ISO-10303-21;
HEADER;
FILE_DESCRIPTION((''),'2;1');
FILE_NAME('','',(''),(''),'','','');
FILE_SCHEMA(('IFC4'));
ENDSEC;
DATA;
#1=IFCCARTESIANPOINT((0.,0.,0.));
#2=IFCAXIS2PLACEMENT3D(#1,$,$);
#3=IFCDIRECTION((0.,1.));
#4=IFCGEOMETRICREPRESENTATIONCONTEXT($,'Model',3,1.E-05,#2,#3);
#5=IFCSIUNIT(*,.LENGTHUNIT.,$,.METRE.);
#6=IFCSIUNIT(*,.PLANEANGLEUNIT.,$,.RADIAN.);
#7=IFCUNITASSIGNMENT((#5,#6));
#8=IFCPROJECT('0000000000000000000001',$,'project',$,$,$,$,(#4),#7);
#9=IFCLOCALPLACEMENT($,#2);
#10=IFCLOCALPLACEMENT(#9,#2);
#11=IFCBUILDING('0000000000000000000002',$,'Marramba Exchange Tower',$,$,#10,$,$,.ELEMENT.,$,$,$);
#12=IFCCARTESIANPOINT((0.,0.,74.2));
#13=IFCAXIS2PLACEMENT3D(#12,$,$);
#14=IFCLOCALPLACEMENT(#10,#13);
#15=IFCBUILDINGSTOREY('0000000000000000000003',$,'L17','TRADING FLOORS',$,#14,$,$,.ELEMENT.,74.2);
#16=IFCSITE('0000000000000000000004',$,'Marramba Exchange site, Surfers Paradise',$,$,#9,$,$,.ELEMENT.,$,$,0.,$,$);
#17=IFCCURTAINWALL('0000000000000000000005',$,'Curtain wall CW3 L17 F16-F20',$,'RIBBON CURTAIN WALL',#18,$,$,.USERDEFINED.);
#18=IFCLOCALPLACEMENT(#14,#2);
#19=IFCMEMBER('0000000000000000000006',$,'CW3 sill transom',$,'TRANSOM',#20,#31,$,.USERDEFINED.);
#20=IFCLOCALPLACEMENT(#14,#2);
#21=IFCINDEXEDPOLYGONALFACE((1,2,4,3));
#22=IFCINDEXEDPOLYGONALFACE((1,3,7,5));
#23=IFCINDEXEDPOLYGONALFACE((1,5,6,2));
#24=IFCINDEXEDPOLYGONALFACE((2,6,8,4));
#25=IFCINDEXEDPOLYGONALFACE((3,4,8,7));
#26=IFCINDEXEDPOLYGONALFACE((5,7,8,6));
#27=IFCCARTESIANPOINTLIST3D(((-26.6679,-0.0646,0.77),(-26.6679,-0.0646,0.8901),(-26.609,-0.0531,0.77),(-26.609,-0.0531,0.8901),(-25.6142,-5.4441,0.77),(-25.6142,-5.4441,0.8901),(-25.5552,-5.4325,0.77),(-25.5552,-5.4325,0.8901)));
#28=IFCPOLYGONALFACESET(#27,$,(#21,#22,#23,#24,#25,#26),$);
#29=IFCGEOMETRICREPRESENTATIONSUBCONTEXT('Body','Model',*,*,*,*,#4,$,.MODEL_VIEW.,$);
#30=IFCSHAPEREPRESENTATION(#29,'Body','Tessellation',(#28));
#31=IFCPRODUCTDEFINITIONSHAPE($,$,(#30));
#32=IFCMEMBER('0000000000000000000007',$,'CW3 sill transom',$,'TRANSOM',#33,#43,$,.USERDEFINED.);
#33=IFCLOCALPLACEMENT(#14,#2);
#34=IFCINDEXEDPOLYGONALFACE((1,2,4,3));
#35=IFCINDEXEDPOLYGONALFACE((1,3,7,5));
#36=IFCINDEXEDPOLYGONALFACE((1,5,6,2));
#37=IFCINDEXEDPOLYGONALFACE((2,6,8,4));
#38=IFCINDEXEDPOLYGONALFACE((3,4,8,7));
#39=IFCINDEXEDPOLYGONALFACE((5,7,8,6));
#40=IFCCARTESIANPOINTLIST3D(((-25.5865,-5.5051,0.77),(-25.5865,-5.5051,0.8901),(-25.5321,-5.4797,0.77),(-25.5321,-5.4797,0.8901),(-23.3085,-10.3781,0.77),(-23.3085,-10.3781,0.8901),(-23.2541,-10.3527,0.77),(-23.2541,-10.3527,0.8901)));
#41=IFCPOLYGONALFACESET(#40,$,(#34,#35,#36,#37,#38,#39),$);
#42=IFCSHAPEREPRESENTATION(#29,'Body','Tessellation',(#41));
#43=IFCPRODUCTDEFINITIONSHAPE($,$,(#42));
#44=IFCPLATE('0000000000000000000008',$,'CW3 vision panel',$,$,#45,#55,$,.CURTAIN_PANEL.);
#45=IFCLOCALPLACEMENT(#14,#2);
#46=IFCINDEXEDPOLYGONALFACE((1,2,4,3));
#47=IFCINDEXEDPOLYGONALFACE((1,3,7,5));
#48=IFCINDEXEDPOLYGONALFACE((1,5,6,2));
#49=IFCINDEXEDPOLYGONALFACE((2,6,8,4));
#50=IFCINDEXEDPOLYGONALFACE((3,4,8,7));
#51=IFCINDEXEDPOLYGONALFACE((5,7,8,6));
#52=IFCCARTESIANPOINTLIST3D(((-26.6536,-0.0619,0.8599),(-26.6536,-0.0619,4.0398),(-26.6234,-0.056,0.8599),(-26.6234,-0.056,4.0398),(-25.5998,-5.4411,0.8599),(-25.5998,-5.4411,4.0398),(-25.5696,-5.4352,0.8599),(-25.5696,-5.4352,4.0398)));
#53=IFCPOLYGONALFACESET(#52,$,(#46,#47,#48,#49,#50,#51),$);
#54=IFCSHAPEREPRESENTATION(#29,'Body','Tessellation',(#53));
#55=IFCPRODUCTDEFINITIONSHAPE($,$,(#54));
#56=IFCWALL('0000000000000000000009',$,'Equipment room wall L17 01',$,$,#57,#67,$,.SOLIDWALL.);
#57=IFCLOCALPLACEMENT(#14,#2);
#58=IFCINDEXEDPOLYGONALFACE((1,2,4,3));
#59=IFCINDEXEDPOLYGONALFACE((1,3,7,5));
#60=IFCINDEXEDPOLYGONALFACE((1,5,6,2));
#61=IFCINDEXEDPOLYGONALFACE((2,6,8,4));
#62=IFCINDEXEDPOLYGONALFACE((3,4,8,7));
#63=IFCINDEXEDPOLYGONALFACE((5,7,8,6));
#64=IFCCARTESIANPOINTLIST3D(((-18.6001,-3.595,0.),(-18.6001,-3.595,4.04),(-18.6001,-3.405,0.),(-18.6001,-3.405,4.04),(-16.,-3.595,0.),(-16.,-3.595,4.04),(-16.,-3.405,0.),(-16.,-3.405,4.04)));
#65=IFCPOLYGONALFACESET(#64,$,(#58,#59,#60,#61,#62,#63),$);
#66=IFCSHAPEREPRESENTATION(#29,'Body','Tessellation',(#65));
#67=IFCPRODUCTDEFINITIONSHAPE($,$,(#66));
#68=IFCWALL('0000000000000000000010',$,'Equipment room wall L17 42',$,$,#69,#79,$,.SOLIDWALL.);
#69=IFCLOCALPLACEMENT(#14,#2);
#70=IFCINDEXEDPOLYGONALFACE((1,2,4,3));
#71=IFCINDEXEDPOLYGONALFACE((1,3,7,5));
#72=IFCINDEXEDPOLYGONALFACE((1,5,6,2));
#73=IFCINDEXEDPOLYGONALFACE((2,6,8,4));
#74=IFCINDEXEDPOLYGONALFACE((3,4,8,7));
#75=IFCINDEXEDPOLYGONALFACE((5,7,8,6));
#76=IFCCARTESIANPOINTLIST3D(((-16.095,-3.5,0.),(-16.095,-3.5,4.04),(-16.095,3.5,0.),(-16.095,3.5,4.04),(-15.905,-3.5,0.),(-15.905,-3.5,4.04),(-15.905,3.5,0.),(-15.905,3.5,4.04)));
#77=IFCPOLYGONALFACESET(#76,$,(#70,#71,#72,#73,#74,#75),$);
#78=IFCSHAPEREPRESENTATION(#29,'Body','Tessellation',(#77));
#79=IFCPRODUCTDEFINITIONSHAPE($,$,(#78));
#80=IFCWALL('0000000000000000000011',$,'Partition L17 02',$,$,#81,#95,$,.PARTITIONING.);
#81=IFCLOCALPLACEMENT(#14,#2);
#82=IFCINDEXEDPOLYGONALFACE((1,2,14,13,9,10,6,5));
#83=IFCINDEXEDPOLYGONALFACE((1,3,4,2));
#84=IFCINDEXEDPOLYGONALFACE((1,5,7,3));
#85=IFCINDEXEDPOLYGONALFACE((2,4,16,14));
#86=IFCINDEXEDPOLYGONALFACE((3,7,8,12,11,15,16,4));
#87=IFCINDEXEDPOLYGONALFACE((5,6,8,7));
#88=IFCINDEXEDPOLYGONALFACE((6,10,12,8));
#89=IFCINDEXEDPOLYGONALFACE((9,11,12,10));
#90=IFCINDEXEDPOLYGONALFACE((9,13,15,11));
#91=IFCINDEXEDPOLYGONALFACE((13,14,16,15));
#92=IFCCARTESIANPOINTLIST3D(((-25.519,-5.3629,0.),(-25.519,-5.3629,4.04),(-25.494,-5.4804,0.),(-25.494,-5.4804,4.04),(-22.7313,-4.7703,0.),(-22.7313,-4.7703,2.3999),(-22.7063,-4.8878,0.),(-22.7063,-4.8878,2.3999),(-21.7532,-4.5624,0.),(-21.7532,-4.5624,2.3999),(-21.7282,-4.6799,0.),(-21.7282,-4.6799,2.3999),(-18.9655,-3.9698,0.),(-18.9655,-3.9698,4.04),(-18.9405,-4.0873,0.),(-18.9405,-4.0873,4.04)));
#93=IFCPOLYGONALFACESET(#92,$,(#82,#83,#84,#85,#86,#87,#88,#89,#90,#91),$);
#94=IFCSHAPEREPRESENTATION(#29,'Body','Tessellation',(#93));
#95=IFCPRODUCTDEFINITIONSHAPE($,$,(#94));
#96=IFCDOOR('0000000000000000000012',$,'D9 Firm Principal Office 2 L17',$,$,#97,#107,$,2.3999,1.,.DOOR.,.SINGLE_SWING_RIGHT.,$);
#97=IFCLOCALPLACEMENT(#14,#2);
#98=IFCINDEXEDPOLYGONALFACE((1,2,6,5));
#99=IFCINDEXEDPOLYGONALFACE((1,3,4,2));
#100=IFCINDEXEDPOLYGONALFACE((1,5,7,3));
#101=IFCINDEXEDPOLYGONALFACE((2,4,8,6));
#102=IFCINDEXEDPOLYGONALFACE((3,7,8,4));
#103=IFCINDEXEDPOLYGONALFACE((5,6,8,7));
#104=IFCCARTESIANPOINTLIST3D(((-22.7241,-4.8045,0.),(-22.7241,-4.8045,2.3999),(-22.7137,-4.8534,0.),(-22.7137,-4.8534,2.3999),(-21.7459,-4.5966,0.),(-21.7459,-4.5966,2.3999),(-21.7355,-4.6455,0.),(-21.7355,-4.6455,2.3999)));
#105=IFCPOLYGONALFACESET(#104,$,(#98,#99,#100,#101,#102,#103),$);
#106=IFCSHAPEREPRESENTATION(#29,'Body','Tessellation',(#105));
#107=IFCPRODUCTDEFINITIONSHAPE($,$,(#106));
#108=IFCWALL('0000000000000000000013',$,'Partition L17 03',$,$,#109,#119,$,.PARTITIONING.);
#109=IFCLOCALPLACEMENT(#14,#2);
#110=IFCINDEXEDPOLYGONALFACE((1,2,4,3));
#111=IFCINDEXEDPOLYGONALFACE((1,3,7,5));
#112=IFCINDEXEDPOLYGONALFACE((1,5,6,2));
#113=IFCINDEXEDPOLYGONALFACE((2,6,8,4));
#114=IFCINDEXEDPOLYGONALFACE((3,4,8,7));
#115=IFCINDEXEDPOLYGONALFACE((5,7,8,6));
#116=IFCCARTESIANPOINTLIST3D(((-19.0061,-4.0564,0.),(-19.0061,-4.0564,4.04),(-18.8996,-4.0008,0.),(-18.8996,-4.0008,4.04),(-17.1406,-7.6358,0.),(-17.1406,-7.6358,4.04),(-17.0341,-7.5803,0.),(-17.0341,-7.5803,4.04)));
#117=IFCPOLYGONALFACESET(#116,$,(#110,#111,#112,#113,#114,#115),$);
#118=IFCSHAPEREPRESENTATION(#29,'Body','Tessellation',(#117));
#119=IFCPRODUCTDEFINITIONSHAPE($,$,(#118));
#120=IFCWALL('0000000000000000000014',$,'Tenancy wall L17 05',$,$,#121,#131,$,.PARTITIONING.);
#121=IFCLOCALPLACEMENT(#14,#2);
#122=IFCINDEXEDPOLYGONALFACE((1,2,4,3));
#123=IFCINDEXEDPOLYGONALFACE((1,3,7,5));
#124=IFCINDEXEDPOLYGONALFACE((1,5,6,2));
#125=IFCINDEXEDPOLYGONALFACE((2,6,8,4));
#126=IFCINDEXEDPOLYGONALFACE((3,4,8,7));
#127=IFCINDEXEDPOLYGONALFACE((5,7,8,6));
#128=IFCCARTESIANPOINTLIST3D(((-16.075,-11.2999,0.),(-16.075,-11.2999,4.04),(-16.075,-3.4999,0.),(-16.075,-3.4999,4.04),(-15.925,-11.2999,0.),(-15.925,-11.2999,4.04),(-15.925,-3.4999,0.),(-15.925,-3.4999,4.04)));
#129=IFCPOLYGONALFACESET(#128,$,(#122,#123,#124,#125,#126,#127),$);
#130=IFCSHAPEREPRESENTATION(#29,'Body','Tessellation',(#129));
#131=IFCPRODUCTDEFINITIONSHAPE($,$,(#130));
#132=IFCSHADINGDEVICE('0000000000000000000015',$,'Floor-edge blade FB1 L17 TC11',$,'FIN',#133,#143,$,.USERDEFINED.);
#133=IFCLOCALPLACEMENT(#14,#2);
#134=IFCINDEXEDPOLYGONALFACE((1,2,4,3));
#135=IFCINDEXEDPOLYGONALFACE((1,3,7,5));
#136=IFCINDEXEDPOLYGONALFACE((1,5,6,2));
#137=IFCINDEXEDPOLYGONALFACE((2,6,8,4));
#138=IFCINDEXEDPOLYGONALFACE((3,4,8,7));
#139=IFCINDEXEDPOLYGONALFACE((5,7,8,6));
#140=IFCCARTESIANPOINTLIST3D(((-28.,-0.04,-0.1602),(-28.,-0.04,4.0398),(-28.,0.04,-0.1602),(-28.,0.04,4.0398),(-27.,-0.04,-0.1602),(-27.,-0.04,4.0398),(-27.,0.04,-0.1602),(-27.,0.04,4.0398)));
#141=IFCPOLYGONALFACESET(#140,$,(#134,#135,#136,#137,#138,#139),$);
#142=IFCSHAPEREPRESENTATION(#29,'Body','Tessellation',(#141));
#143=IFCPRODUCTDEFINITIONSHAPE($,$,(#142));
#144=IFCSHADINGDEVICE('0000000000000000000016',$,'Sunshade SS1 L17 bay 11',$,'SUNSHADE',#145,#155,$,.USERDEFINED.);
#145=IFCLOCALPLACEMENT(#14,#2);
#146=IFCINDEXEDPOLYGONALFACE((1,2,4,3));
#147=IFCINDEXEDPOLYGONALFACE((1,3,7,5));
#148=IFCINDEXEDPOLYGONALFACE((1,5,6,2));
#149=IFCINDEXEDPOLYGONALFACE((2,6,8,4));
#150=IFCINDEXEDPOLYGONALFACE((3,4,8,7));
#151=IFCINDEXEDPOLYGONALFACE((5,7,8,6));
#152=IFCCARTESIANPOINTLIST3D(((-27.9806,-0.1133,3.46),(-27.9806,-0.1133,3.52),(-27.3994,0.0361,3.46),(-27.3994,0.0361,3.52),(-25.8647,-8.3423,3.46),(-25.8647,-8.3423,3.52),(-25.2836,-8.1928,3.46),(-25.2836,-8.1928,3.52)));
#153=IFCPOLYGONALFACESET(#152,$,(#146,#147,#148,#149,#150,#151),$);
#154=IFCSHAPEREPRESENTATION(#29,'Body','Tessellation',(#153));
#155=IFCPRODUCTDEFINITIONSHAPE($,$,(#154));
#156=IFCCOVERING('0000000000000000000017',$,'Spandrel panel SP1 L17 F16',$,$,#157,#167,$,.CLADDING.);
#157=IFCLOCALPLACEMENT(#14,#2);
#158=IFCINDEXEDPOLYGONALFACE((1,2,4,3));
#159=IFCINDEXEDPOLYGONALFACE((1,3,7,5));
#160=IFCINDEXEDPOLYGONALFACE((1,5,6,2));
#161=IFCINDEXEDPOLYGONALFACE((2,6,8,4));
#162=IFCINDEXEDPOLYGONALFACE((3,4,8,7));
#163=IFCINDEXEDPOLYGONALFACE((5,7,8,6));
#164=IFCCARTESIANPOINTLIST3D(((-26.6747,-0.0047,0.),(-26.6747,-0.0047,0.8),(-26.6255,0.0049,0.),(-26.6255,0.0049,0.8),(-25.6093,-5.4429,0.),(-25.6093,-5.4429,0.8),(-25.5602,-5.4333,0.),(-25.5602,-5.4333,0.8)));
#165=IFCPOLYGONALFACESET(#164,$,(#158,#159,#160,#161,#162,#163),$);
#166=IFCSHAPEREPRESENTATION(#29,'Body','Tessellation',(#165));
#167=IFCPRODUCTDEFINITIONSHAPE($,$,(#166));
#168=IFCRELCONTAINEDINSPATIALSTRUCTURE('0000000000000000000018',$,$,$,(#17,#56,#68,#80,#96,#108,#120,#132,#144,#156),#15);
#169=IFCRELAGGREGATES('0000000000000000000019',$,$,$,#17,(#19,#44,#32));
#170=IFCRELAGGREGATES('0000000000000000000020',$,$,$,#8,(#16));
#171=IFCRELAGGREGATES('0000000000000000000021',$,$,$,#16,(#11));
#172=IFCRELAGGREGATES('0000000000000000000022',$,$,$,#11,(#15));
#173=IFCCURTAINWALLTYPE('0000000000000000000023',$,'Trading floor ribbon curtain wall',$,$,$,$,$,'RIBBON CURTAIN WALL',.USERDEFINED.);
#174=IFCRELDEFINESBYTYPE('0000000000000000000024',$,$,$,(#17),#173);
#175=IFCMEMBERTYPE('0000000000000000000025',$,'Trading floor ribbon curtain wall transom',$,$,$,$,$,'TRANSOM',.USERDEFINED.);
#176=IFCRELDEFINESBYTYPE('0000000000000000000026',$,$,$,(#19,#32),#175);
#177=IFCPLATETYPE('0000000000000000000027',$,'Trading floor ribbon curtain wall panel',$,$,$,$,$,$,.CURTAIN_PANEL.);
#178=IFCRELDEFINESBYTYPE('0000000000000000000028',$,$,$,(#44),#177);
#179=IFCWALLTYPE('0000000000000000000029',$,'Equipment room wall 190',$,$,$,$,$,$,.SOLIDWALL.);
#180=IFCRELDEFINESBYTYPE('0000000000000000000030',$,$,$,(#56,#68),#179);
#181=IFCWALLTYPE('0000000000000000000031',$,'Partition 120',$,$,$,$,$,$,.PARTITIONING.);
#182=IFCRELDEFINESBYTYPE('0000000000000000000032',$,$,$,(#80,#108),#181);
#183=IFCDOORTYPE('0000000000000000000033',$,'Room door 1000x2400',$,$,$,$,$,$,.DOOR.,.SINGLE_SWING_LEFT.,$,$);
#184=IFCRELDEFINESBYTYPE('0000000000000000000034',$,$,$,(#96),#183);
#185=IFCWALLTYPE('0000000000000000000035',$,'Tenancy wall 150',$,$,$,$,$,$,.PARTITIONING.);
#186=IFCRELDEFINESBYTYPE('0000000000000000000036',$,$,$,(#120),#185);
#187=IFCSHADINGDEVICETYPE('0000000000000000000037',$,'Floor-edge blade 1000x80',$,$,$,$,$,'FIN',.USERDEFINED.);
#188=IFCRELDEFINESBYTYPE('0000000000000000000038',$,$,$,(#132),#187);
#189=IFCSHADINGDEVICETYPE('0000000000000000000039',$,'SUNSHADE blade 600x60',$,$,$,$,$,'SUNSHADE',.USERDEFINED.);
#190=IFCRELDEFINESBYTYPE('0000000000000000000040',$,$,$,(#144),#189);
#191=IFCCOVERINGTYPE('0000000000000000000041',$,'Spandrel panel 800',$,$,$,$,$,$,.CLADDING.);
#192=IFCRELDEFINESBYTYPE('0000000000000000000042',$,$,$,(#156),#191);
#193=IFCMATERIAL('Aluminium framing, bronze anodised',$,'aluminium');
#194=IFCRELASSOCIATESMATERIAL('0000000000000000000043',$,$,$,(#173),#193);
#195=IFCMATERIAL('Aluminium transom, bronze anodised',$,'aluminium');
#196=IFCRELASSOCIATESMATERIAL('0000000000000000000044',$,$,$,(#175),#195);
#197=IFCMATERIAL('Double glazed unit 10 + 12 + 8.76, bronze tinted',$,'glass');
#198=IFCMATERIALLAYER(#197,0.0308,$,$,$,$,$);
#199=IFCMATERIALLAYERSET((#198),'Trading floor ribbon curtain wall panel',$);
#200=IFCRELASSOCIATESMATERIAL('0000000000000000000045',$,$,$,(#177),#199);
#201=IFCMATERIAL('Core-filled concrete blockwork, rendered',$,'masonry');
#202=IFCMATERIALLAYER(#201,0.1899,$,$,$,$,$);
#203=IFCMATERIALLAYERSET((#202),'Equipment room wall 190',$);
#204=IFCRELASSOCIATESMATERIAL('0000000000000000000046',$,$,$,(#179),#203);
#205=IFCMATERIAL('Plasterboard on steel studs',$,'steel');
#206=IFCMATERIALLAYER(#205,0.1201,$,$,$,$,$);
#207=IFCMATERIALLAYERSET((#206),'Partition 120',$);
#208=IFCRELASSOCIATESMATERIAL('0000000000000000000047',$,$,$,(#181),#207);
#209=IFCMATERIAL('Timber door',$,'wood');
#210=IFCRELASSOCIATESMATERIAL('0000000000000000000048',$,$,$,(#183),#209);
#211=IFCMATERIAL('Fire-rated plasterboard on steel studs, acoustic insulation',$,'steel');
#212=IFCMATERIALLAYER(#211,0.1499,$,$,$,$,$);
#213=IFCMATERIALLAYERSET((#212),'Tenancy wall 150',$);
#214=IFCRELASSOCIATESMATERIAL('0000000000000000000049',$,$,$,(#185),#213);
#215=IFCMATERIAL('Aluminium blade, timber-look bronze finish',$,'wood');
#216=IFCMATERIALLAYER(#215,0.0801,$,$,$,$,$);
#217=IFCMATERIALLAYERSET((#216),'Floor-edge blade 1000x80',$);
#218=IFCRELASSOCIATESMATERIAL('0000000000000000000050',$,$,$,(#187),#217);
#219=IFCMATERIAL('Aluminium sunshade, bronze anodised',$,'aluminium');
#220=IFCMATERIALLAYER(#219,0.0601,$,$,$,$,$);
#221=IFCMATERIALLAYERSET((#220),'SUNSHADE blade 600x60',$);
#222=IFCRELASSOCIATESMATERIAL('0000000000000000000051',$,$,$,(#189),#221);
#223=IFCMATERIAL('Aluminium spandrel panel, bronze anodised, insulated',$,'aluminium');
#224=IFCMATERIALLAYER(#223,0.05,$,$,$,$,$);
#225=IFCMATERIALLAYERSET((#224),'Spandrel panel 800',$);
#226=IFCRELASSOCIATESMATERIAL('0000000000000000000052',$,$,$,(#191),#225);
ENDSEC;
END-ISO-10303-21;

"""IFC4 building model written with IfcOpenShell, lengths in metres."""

from ifc_helpers import new_model, si_unit, direction, frame, frame_2d, origin, origin_2d, place, context, subcontext, project, spatial, rectangle, extrude, material, layer, layer_set, material_profile, profile_set, type_object, element, fill, aggregate, save


model = new_model("IFC4")

# Units and contexts
model_context = context("Model", 3, precision=1e-05, world=origin(), true_north=direction((0.0, 1.0)))
body_context = subcontext(model_context, "Body", "Model", "MODEL_VIEW")
ifc_project = project(units=[si_unit("LENGTHUNIT", "METRE"), si_unit("PLANEANGLEUNIT", "RADIAN")], contexts=[model_context])

# Site, building, storey
site_placement = place(None, origin())
site = spatial("IfcSite", under=ifc_project, at=site_placement, Name="Marramba Exchange site, Surfers Paradise", CompositionType="ELEMENT", RefElevation=0.0)
building_placement = place(site_placement, origin())
building = spatial("IfcBuilding", under=site, at=building_placement, Name="Marramba Exchange Tower", CompositionType="ELEMENT")
storey_placement = place(building_placement, frame((0.0, 0.0, 74.2)))
storey = spatial("IfcBuildingStorey", under=building, at=storey_placement, Name="L17", Description="TRADING FLOORS", CompositionType="ELEMENT", Elevation=74.2)

# Curtain wall, members, plate
ifc_material_1 = material(Name="Aluminium framing, bronze anodised", Category="aluminium")
curtain_wall_type = type_object("IfcCurtainWallType", Name="Trading floor ribbon curtain wall", ElementType="RIBBON CURTAIN WALL", PredefinedType="USERDEFINED", material=ifc_material_1)
curtain_wall_placement = place(storey_placement, origin())
curtain_wall = element("IfcCurtainWall", 1, at=curtain_wall_placement, inside=storey, type_object=curtain_wall_type, Name="Curtain wall CW3 L17 F16-F20", ObjectType="RIBBON CURTAIN WALL", PredefinedType="USERDEFINED")
ifc_material_2 = material(Name="Aluminium transom, bronze anodised", Category="aluminium")
ifc_material_profile_1 = material_profile(ifc_material_2, rectangle(XDim=0.0601, YDim=0.1201, at=origin_2d()), Name="CW3 transom 60x120")
ifc_profile_set_1 = profile_set([ifc_material_profile_1], Name="Aluminium transom, bronze anodised")
member_type_1 = type_object("IfcMemberType", Name="Trading floor ribbon curtain wall transom", ElementType="TRANSOM", PredefinedType="USERDEFINED", material=ifc_profile_set_1)
member_1_placement = place(storey_placement, frame((-26.6384, -0.0588, 0.8301), z_axis=(0.192226, -0.981351, 0.0), x_axis=(0.981351, 0.192226, 0.0)))
member_1 = element("IfcMember", 2, at=member_1_placement, type_object=member_type_1, Name="CW3 sill transom", ObjectType="TRANSOM", PredefinedType="USERDEFINED", context=body_context, shape_type="SweptSolid", body=[
    extrude(rectangle(XDim=0.0601, YDim=0.1201, at=origin_2d()), origin(), (0.0, 0.0, 1.0), 5.4817),
])
member_2_placement = place(storey_placement, frame((-25.5593, -5.4924, 0.8301), z_axis=(0.423494, -0.905899, 0.0), x_axis=(0.905899, 0.423494, 0.0)))
member_2 = element("IfcMember", 3, at=member_2_placement, type_object=member_type_1, Name="CW3 sill transom", ObjectType="TRANSOM", PredefinedType="USERDEFINED", context=body_context, shape_type="SweptSolid", body=[
    extrude(rectangle(XDim=0.0601, YDim=0.1201, at=origin_2d()), origin(), (0.0, 0.0, 1.0), 5.3792),
])
ifc_material_3 = material(Name="Double glazed unit 10 + 12 + 8.76, bronze tinted", Category="glass")
ifc_layer_1 = layer(ifc_material_3, 0.0308)
ifc_layer_set_1 = layer_set([ifc_layer_1], Name="Trading floor ribbon curtain wall panel")
plate_type = type_object("IfcPlateType", Name="Trading floor ribbon curtain wall panel", PredefinedType="CURTAIN_PANEL", material=ifc_layer_set_1)
plate_placement = place(storey_placement, frame((-26.1116, -2.7485, 0.8599), z_axis=(0.0, 0.0, 1.0), x_axis=(0.192249, -0.981346, 0.0)))
plate = element("IfcPlate", 4, at=plate_placement, type_object=plate_type, Name="CW3 vision panel", PredefinedType="CURTAIN_PANEL", context=body_context, shape_type="SweptSolid", body=[
    extrude(rectangle(XDim=5.4814, YDim=0.0308, at=origin_2d()), origin(), (0.0, 0.0, 1.0), 3.1799),
])
aggregate(curtain_wall, [member_1, plate, member_2])

# Walls
ifc_material_4 = material(Name="Core-filled concrete blockwork, rendered", Category="masonry")
ifc_layer_2 = layer(ifc_material_4, 0.1899)
ifc_layer_set_2 = layer_set([ifc_layer_2], Name="Equipment room wall 190")
wall_type_1 = type_object("IfcWallType", Name="Equipment room wall 190", PredefinedType="SOLIDWALL", material=ifc_layer_set_2)
wall_1_placement = place(storey_placement, frame((-18.6001, -3.5, 0.0), z_axis=(0.0, 0.0, 1.0), x_axis=(1.0, 0.0, 0.0)))
element("IfcWall", 5, at=wall_1_placement, inside=storey, type_object=wall_type_1, Name="Equipment room wall L17 01", PredefinedType="SOLIDWALL", context=body_context, shape_type="SweptSolid", body=[
    extrude(rectangle(XDim=2.6001, YDim=0.1899, at=frame_2d((1.3, 0.0))), origin(), (0.0, 0.0, 1.0), 4.04),
])
wall_2_placement = place(storey_placement, frame((-16.0, -3.5, 0.0), z_axis=(0.0, 0.0, 1.0), x_axis=(0.0, 1.0, 0.0)))
element("IfcWall", 6, at=wall_2_placement, inside=storey, type_object=wall_type_1, Name="Equipment room wall L17 42", PredefinedType="SOLIDWALL", context=body_context, shape_type="SweptSolid", body=[
    extrude(rectangle(XDim=7.0, YDim=0.1899, at=frame_2d((3.5, 0.0))), origin(), (0.0, 0.0, 1.0), 4.04),
])

# Wall, opening, door
ifc_material_5 = material(Name="Plasterboard on steel studs", Category="steel")
ifc_layer_3 = layer(ifc_material_5, 0.1201)
ifc_layer_set_3 = layer_set([ifc_layer_3], Name="Partition 120")
wall_type_2 = type_object("IfcWallType", Name="Partition 120", PredefinedType="PARTITIONING", material=ifc_layer_set_3)
wall_3_placement = place(storey_placement, frame((-18.9529, -4.0286, 0.0), z_axis=(0.0, 0.0, 1.0), x_axis=(-0.978145, -0.207924, 0.0)))
wall_3 = element("IfcWall", 7, at=wall_3_placement, inside=storey, type_object=wall_type_2, Name="Partition L17 02", PredefinedType="PARTITIONING", context=body_context, shape_type="SweptSolid", body=[
    extrude(rectangle(XDim=6.7, YDim=0.1201, at=frame_2d((3.3501, 0.0))), origin(), (0.0, 0.0, 1.0), 4.04),
])
opening_placement = place(wall_3_placement, frame((2.8501, 0.0, 0.0)))
opening = element("IfcOpeningElement", 8, at=opening_placement, cuts=wall_3, PredefinedType="OPENING", context=body_context, shape_type="SweptSolid", body=[
    extrude(rectangle(XDim=1.0, YDim=2.3999, at=frame_2d((0.5, 1.2))), frame((0.0, 0.0701, 0.0), z_axis=(0.0, -1.0, 0.0), x_axis=(1.0, 0.0, 0.0)), (0.0, 0.0, 1.0), 0.1401),
])
ifc_material_6 = material(Name="Timber door", Category="wood")
door_type = type_object("IfcDoorType", Name="Room door 1000x2400", OperationType="SINGLE_SWING_LEFT", PredefinedType="DOOR", material=ifc_material_6)
door_placement = place(opening_placement, origin())
door = element("IfcDoor", 9, at=door_placement, inside=storey, type_object=door_type, Name="D9 Firm Principal Office 2 L17", OperationType="SINGLE_SWING_RIGHT", OverallHeight=2.3999, OverallWidth=1.0, PredefinedType="DOOR", context=body_context, shape_type="SweptSolid", body=[
    extrude(rectangle(XDim=1.0, YDim=2.3999, at=frame_2d((0.5, 1.2))), frame((0.0, 0.0249, 0.0), z_axis=(0.0, -1.0, 0.0), x_axis=(1.0, 0.0, 0.0)), (0.0, 0.0, 1.0), 0.05),
])
fill(opening, door)

# Walls
wall_4_placement = place(storey_placement, frame((-17.0874, -7.6079, 0.0), z_axis=(0.0, 0.0, 1.0), x_axis=(-0.462175, 0.886789, 0.0)))
element("IfcWall", 10, at=wall_4_placement, inside=storey, type_object=wall_type_2, Name="Partition L17 03", PredefinedType="PARTITIONING", context=body_context, shape_type="SweptSolid", body=[
    extrude(rectangle(XDim=4.0364, YDim=0.1201, at=frame_2d((2.0181, 0.0))), origin(), (0.0, 0.0, 1.0), 4.04),
])
ifc_material_7 = material(Name="Fire-rated plasterboard on steel studs, acoustic insulation", Category="steel")
ifc_layer_4 = layer(ifc_material_7, 0.1499)
ifc_layer_set_4 = layer_set([ifc_layer_4], Name="Tenancy wall 150")
wall_type_3 = type_object("IfcWallType", Name="Tenancy wall 150", PredefinedType="PARTITIONING", material=ifc_layer_set_4)
wall_5_placement = place(storey_placement, frame((-16.0, -3.5, 0.0), z_axis=(0.0, 0.0, 1.0), x_axis=(0.0, -1.0, 0.0)))
element("IfcWall", 11, at=wall_5_placement, inside=storey, type_object=wall_type_3, Name="Tenancy wall L17 05", PredefinedType="PARTITIONING", context=body_context, shape_type="SweptSolid", body=[
    extrude(rectangle(XDim=7.8, YDim=0.1499, at=frame_2d((3.8999, 0.0))), origin(), (0.0, 0.0, 1.0), 4.04),
])

# Shading devices
ifc_material_8 = material(Name="Aluminium blade, timber-look bronze finish", Category="wood")
ifc_layer_5 = layer(ifc_material_8, 0.0801)
ifc_layer_set_5 = layer_set([ifc_layer_5], Name="Floor-edge blade 1000x80")
shading_device_type_1 = type_object("IfcShadingDeviceType", Name="Floor-edge blade 1000x80", ElementType="FIN", PredefinedType="USERDEFINED", material=ifc_layer_set_5)
shading_device_1_placement = place(storey_placement, frame((-27.5, 0.0, -0.1602), z_axis=(0.0, 0.0, 1.0), x_axis=(-1.0, 0.0, 0.0)))
element("IfcShadingDevice", 12, at=shading_device_1_placement, inside=storey, type_object=shading_device_type_1, Name="Floor-edge blade FB1 L17 TC11", ObjectType="FIN", PredefinedType="USERDEFINED", context=body_context, shape_type="SweptSolid", body=[
    extrude(rectangle(XDim=1.0, YDim=0.0801, at=origin_2d()), origin(), (0.0, 0.0, 1.0), 4.2),
])
ifc_material_9 = material(Name="Aluminium sunshade, bronze anodised", Category="aluminium")
ifc_layer_6 = layer(ifc_material_9, 0.0601)
ifc_layer_set_6 = layer_set([ifc_layer_6], Name="SUNSHADE blade 600x60")
shading_device_type_2 = type_object("IfcShadingDeviceType", Name="SUNSHADE blade 600x60", ElementType="SUNSHADE", PredefinedType="USERDEFINED", material=ifc_layer_set_6)
shading_device_2_placement = place(storey_placement, frame((-26.6321, -4.1531, 3.46), z_axis=(0.0, 0.0, 1.0), x_axis=(0.249025, -0.968497, 0.0)))
element("IfcShadingDevice", 13, at=shading_device_2_placement, inside=storey, type_object=shading_device_type_2, Name="Sunshade SS1 L17 bay 11", ObjectType="SUNSHADE", PredefinedType="USERDEFINED", context=body_context, shape_type="SweptSolid", body=[
    extrude(rectangle(XDim=8.4966, YDim=0.6001, at=origin_2d()), origin(), (0.0, 0.0, 1.0), 0.0601),
])

# Covering
ifc_material_10 = material(Name="Aluminium spandrel panel, bronze anodised, insulated", Category="aluminium")
ifc_layer_7 = layer(ifc_material_10, 0.05)
ifc_layer_set_7 = layer_set([ifc_layer_7], Name="Spandrel panel 800")
covering_type = type_object("IfcCoveringType", Name="Spandrel panel 800", PredefinedType="CLADDING", material=ifc_layer_set_7)
covering_1_placement = place(storey_placement, frame((-26.1174, -2.719, 0.0), z_axis=(0.0, 0.0, 1.0), x_axis=(0.192249, -0.981346, 0.0)))
element("IfcCovering", 14, at=covering_1_placement, inside=storey, type_object=covering_type, Name="Spandrel panel SP1 L17 F16", PredefinedType="CLADDING", context=body_context, shape_type="SweptSolid", body=[
    extrude(rectangle(XDim=5.5415, YDim=0.05, at=origin_2d()), origin(), (0.0, 0.0, 1.0), 0.8),
])

save(model, "model.ifc")
